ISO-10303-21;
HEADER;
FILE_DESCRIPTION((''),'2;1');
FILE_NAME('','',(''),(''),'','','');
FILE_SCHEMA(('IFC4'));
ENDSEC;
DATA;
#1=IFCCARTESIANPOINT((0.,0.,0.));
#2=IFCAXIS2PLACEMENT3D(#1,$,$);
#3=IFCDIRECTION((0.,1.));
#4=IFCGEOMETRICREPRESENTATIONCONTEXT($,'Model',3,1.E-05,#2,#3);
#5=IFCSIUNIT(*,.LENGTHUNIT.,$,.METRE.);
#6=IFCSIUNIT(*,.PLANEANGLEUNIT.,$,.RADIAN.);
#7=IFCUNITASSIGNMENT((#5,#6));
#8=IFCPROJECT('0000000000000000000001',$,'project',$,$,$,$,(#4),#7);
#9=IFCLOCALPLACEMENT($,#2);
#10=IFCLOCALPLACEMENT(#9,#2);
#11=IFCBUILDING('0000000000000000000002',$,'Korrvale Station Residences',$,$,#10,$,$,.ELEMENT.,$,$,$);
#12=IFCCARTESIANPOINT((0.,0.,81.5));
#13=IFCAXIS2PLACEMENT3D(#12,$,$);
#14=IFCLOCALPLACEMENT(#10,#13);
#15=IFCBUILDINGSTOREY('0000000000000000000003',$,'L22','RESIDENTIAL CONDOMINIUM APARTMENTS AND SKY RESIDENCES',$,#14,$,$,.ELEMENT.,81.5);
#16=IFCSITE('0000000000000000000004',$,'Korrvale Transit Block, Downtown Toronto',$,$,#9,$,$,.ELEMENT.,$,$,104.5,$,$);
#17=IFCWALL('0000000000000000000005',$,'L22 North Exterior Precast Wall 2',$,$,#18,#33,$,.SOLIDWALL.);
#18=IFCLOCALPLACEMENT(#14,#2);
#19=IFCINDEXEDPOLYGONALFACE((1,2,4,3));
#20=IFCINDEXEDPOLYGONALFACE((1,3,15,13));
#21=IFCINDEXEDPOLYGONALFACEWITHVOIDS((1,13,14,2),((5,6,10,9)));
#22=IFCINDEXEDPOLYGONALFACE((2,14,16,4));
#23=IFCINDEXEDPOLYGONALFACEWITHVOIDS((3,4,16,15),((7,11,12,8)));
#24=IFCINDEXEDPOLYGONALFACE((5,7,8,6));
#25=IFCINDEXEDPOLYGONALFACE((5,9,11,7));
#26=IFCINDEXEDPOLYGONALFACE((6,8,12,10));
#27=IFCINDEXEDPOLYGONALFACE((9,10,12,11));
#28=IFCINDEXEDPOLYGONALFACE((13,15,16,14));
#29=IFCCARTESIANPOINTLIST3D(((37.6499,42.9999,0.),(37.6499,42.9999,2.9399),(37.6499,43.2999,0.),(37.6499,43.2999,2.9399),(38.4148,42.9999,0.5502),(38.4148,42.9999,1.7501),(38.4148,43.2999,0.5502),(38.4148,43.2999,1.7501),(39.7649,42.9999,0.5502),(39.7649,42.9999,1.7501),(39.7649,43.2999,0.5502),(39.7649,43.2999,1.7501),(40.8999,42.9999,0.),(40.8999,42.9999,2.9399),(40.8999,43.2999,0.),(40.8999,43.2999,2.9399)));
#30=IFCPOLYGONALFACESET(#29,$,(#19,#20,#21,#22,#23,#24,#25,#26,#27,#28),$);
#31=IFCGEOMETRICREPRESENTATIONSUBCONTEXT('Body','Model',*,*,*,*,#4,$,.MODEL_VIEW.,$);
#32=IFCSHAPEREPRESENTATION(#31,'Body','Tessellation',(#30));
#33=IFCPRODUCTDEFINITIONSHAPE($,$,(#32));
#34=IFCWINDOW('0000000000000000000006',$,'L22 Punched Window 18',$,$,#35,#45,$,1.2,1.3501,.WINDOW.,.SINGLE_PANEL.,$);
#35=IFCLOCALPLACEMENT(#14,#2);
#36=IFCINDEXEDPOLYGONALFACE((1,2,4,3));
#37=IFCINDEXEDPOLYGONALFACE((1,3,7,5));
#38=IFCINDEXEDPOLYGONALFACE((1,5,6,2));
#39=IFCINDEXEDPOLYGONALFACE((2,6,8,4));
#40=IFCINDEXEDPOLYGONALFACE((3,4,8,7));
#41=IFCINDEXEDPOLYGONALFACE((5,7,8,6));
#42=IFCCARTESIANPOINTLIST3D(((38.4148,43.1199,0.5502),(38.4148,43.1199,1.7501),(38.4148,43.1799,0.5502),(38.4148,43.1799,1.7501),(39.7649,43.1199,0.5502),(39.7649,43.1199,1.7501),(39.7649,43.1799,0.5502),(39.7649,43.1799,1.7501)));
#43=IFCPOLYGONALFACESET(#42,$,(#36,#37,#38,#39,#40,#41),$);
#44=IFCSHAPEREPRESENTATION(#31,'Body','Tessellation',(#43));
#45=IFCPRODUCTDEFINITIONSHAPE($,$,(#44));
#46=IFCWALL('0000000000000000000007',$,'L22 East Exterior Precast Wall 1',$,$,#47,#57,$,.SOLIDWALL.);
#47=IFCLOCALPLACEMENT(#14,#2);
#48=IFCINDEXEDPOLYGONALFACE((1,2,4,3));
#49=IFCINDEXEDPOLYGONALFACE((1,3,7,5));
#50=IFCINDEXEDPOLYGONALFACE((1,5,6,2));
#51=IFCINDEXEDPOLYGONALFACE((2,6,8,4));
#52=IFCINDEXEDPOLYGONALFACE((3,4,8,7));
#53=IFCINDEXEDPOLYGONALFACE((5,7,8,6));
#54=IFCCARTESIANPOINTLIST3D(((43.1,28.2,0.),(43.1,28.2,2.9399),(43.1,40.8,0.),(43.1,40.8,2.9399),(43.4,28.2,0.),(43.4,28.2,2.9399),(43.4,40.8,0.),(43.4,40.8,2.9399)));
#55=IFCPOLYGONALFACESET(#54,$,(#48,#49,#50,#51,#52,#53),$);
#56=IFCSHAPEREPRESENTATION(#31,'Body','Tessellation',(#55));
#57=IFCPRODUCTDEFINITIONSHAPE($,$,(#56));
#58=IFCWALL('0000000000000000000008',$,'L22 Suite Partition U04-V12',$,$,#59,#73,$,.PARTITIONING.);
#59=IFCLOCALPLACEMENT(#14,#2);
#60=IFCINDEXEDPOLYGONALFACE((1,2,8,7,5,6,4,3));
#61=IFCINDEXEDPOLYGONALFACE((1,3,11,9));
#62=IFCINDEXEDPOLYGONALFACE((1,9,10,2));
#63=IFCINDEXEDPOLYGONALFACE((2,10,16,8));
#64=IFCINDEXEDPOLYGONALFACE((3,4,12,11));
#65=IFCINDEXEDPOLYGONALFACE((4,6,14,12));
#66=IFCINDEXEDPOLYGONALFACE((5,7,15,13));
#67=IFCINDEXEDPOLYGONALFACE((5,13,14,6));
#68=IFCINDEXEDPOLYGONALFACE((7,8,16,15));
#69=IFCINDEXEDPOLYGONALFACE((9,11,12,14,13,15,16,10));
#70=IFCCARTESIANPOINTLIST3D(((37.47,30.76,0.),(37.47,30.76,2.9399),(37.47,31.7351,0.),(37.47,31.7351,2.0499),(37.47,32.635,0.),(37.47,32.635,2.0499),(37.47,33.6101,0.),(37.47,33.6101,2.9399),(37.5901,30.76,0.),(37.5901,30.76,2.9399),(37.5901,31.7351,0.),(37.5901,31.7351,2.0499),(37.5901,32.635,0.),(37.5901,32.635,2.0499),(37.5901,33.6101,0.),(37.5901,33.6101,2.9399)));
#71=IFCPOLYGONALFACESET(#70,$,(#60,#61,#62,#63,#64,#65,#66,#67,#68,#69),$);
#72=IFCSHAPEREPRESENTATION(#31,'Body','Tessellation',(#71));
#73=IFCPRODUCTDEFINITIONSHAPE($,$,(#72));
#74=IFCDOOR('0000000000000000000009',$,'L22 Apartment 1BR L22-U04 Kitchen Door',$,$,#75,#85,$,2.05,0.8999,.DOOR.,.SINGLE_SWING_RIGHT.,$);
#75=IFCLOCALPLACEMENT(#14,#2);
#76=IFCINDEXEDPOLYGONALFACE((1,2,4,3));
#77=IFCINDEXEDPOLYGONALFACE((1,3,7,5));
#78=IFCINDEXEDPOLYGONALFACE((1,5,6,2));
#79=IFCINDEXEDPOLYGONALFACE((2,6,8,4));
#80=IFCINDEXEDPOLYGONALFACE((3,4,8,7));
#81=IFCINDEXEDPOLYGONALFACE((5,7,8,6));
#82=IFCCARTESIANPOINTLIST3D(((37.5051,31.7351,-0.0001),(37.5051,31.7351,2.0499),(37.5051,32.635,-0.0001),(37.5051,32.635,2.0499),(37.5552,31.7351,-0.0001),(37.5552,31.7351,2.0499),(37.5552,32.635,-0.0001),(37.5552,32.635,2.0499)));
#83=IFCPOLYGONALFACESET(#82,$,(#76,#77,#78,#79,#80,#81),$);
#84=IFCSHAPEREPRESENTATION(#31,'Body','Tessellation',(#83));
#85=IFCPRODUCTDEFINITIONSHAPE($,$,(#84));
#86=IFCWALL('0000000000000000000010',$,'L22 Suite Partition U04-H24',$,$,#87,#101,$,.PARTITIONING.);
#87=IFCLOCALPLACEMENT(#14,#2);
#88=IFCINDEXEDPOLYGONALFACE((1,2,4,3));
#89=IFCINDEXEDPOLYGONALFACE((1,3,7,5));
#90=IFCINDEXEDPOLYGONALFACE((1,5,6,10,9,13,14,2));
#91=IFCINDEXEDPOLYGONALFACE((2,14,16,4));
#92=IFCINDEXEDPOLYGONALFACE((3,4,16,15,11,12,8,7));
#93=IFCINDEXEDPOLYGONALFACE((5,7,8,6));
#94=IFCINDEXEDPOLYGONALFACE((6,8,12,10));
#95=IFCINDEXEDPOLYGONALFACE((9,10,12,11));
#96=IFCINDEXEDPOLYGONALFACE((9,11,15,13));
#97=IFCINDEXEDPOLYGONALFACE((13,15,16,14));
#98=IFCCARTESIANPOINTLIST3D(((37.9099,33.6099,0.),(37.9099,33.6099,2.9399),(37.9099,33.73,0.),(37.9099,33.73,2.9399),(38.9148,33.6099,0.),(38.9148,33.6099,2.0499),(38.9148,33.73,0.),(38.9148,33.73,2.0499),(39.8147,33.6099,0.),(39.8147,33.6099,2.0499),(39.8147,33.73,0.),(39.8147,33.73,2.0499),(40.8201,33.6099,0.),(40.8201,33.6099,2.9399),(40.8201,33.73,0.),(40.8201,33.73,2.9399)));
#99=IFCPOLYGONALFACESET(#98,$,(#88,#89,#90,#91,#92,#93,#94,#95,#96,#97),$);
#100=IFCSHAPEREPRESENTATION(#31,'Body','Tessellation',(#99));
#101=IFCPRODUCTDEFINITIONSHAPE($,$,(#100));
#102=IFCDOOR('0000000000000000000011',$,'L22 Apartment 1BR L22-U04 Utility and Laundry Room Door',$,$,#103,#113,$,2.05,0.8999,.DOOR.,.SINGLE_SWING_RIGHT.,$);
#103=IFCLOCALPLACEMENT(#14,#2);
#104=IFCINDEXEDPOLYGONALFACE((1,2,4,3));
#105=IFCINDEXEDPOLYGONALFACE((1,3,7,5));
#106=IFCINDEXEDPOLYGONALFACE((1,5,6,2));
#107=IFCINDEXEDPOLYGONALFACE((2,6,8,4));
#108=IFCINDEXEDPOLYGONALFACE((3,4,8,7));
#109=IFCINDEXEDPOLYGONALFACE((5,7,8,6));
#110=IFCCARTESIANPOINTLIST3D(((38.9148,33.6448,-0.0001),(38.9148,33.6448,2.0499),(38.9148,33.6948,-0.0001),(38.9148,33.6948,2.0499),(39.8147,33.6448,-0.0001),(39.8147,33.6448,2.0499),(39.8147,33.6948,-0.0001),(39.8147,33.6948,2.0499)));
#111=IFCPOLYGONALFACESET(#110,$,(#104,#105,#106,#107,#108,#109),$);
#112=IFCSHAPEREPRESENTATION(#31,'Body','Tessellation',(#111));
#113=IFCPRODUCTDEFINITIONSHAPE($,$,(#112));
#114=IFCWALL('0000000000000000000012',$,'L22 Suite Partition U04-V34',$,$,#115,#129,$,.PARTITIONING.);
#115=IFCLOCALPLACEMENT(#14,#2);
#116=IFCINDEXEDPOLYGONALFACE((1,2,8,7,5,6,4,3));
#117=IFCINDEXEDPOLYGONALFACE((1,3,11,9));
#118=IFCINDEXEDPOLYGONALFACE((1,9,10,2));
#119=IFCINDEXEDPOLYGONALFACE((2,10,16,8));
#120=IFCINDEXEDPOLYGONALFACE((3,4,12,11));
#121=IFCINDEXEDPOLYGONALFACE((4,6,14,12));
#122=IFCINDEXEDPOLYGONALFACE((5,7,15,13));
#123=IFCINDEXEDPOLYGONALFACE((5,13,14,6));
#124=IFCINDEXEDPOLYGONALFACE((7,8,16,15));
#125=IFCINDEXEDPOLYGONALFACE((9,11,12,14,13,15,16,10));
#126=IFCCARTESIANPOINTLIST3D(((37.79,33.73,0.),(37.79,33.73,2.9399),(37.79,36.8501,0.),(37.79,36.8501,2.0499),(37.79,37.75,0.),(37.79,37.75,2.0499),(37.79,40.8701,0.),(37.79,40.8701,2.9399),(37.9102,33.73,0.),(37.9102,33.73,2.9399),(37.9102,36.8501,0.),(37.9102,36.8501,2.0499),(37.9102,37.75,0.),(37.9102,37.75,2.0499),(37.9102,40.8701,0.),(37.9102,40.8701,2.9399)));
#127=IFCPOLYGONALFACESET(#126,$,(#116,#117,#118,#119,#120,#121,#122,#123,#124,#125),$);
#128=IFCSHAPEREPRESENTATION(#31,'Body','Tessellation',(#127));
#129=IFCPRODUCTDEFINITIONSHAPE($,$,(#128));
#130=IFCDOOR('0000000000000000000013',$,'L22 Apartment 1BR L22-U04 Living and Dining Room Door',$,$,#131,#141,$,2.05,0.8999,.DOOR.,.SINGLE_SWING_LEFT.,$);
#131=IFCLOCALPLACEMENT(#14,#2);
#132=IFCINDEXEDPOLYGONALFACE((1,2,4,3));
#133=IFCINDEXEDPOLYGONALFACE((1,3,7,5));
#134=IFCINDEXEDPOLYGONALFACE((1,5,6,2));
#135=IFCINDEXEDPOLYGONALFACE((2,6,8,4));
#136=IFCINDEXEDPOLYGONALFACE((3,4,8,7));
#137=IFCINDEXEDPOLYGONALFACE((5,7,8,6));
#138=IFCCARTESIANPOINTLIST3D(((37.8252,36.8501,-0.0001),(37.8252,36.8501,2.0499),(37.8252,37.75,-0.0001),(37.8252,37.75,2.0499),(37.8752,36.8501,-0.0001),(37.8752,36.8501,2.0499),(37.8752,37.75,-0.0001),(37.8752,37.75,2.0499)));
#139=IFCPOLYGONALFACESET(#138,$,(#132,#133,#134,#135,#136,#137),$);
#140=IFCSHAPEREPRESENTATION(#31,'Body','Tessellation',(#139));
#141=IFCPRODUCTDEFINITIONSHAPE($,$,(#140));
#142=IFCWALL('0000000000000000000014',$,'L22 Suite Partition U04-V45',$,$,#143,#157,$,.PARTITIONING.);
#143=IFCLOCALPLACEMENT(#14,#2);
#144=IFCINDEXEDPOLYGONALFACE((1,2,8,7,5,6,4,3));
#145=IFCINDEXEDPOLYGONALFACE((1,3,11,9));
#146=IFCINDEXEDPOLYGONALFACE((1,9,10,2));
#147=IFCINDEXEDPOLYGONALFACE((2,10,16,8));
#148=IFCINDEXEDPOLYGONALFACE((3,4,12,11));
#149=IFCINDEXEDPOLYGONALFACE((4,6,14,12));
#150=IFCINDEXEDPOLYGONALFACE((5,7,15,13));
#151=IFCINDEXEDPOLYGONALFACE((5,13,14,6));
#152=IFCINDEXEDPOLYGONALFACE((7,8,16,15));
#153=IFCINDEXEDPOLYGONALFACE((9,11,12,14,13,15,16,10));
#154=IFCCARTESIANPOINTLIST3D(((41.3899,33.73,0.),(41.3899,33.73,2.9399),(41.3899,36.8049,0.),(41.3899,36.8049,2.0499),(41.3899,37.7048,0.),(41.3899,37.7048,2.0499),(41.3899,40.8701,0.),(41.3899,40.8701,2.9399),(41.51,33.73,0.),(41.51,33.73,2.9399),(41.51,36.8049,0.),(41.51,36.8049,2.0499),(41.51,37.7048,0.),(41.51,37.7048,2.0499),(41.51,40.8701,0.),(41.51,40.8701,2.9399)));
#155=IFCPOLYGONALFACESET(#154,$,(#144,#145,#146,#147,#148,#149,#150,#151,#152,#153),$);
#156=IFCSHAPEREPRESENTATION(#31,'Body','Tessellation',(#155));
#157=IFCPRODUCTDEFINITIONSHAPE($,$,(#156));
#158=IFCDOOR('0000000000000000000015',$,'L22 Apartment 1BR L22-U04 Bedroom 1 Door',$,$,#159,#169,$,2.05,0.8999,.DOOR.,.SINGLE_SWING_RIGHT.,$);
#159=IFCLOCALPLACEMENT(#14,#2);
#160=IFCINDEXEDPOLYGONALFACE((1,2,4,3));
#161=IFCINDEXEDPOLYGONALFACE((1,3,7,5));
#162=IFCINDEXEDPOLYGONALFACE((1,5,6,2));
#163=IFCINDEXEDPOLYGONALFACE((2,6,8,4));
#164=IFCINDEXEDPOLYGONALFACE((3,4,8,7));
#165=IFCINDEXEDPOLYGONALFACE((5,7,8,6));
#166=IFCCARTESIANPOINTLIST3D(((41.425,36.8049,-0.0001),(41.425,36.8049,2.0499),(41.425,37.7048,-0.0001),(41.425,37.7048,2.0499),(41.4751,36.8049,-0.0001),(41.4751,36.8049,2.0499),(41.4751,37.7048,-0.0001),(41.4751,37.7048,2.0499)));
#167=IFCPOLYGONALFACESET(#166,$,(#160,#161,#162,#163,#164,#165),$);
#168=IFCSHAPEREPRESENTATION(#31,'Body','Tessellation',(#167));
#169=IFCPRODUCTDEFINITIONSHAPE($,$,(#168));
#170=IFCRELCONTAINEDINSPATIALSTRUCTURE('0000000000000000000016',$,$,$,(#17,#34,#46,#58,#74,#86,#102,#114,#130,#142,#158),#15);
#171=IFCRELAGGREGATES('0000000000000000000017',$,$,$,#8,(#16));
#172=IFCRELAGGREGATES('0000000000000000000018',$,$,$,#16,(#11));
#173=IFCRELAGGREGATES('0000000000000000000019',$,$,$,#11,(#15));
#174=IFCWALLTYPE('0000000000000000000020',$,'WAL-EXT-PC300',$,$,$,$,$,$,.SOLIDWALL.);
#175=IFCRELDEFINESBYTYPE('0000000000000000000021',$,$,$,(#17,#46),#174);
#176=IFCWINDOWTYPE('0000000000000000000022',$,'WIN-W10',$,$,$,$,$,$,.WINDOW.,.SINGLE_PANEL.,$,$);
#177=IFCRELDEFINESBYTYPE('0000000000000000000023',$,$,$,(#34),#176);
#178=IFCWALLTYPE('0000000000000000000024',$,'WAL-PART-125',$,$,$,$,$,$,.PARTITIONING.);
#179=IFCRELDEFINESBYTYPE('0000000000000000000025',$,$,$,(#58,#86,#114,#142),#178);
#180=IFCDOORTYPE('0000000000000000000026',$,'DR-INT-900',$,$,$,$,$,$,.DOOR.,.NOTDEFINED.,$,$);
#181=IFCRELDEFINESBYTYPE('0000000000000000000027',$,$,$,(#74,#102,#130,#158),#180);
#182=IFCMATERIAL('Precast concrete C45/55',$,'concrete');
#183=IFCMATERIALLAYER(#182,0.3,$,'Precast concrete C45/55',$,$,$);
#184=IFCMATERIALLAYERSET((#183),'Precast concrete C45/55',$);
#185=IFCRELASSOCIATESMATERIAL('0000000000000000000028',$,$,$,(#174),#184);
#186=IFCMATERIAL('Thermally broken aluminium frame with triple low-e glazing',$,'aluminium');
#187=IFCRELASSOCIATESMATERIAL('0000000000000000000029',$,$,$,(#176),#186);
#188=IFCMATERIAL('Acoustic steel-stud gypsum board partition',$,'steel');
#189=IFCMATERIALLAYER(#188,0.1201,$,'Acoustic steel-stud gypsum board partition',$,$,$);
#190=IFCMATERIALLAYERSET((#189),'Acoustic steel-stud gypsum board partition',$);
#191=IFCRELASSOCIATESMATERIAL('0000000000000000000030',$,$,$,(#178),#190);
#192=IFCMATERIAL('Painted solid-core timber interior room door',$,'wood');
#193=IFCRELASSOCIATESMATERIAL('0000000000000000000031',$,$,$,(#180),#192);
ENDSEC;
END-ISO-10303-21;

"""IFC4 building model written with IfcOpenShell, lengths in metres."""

from ifc_helpers import new_model, si_unit, direction, frame, frame_2d, origin, place, context, subcontext, project, spatial, rectangle, extrude, material, layer, layer_set, type_object, element, fill, save


model = new_model("IFC4")

# Units and contexts
model_context = context("Model", 3, precision=1e-05, world=origin(), true_north=direction((0.0, 1.0)))
body_context = subcontext(model_context, "Body", "Model", "MODEL_VIEW")
ifc_project = project(units=[si_unit("LENGTHUNIT", "METRE"), si_unit("PLANEANGLEUNIT", "RADIAN")], contexts=[model_context])

# Site, building, storey
site_placement = place(None, origin())
site = spatial("IfcSite", under=ifc_project, at=site_placement, Name="Korrvale Transit Block, Downtown Toronto", CompositionType="ELEMENT", RefElevation=104.5)
building_placement = place(site_placement, origin())
building = spatial("IfcBuilding", under=site, at=building_placement, Name="Korrvale Station Residences", CompositionType="ELEMENT")
storey_placement = place(building_placement, frame((0.0, 0.0, 81.5)))
storey = spatial("IfcBuildingStorey", under=building, at=storey_placement, Name="L22", Description="RESIDENTIAL CONDOMINIUM APARTMENTS AND SKY RESIDENCES", CompositionType="ELEMENT", Elevation=81.5)

# Shared definitions
ifc_material_1 = material(Name="Precast concrete C45/55", Category="concrete")

# Wall, opening, window
ifc_layer_1 = layer(ifc_material_1, 0.3, Name="Precast concrete C45/55")
ifc_layer_set_1 = layer_set([ifc_layer_1], Name="Precast concrete C45/55")
wall_type_1 = type_object("IfcWallType", Name="WAL-EXT-PC300", PredefinedType="SOLIDWALL", material=ifc_layer_set_1)
wall_1_placement = place(storey_placement, frame((37.6499, 43.1499, 0.0), z_axis=(0.0, 0.0, 1.0), x_axis=(1.0, 0.0, 0.0)))
wall_1 = element("IfcWall", 1, at=wall_1_placement, inside=storey, type_object=wall_type_1, Name="L22 North Exterior Precast Wall 2", PredefinedType="SOLIDWALL", context=body_context, shape_type="SweptSolid", body=[
    extrude(rectangle(XDim=3.25, YDim=0.3, at=frame_2d((1.625, 0.0))), origin(), (0.0, 0.0, 1.0), 2.9399),
])
opening_1_placement = place(wall_1_placement, frame((0.7649, 0.0, 0.55)))
opening_1 = element("IfcOpeningElement", 2, at=opening_1_placement, cuts=wall_1, PredefinedType="OPENING", context=body_context, shape_type="SweptSolid", body=[
    extrude(rectangle(XDim=1.3501, YDim=1.2, at=frame_2d((0.675, 0.6001))), frame((0.0, 0.1602, 0.0), z_axis=(0.0, -1.0, 0.0), x_axis=(1.0, 0.0, 0.0)), (0.0, 0.0, 1.0), 0.3201),
])
ifc_material_2 = material(Name="Thermally broken aluminium frame with triple low-e glazing", Category="aluminium")
window_type = type_object("IfcWindowType", Name="WIN-W10", PartitioningType="SINGLE_PANEL", PredefinedType="WINDOW", material=ifc_material_2)
window_placement = place(opening_1_placement, origin())
window = element("IfcWindow", 3, at=window_placement, inside=storey, type_object=window_type, Name="L22 Punched Window 18", OverallHeight=1.2, OverallWidth=1.3501, PartitioningType="SINGLE_PANEL", PredefinedType="WINDOW", context=body_context, shape_type="SweptSolid", body=[
    extrude(rectangle(XDim=1.3501, YDim=1.2, at=frame_2d((0.675, 0.6001))), frame((0.0, 0.03, 0.0), z_axis=(0.0, -1.0, 0.0), x_axis=(1.0, 0.0, 0.0)), (0.0, 0.0, 1.0), 0.0601),
])
fill(opening_1, window)

# Wall
wall_2_placement = place(storey_placement, frame((43.25, 40.8, 0.0), z_axis=(0.0, 0.0, 1.0), x_axis=(0.0, -1.0, 0.0)))
element("IfcWall", 4, at=wall_2_placement, inside=storey, type_object=wall_type_1, Name="L22 East Exterior Precast Wall 1", PredefinedType="SOLIDWALL", context=body_context, shape_type="SweptSolid", body=[
    extrude(rectangle(XDim=12.6001, YDim=0.3, at=frame_2d((6.3, 0.0))), origin(), (0.0, 0.0, 1.0), 2.9399),
])

# Walls, openings, doors
ifc_material_3 = material(Name="Acoustic steel-stud gypsum board partition", Category="steel")
ifc_layer_2 = layer(ifc_material_3, 0.1201, Name="Acoustic steel-stud gypsum board partition")
ifc_layer_set_2 = layer_set([ifc_layer_2], Name="Acoustic steel-stud gypsum board partition")
wall_type_2 = type_object("IfcWallType", Name="WAL-PART-125", PredefinedType="PARTITIONING", material=ifc_layer_set_2)
wall_3_placement = place(storey_placement, frame((37.53, 30.76, 0.0), z_axis=(0.0, 0.0, 1.0), x_axis=(0.0, 1.0, 0.0)))
wall_3 = element("IfcWall", 5, at=wall_3_placement, inside=storey, type_object=wall_type_2, Name="L22 Suite Partition U04-V12", PredefinedType="PARTITIONING", context=body_context, shape_type="SweptSolid", body=[
    extrude(rectangle(XDim=2.8501, YDim=0.1201, at=frame_2d((1.425, 0.0))), origin(), (0.0, 0.0, 1.0), 2.9399),
])
opening_2_placement = place(wall_3_placement, frame((0.9751, 0.0, 0.0)))
opening_2 = element("IfcOpeningElement", 6, at=opening_2_placement, cuts=wall_3, PredefinedType="OPENING", context=body_context, shape_type="SweptSolid", body=[
    extrude(rectangle(XDim=0.8999, YDim=2.05, at=frame_2d((0.45, 1.0249))), frame((0.0, 0.0701, 0.0), z_axis=(0.0, -1.0, 0.0), x_axis=(1.0, 0.0, 0.0)), (0.0, 0.0, 1.0), 0.1401),
])
ifc_material_4 = material(Name="Painted solid-core timber interior room door", Category="wood")
door_type = type_object("IfcDoorType", Name="DR-INT-900", OperationType="NOTDEFINED", PredefinedType="DOOR", material=ifc_material_4)
door_1_placement = place(opening_2_placement, origin())
door_1 = element("IfcDoor", 7, at=door_1_placement, inside=storey, type_object=door_type, Name="L22 Apartment 1BR L22-U04 Kitchen Door", OperationType="SINGLE_SWING_RIGHT", OverallHeight=2.05, OverallWidth=0.8999, PredefinedType="DOOR", context=body_context, shape_type="SweptSolid", body=[
    extrude(rectangle(XDim=0.8999, YDim=2.05, at=frame_2d((0.45, 1.0249))), frame((0.0, 0.0249, 0.0), z_axis=(0.0, -1.0, 0.0), x_axis=(1.0, 0.0, 0.0)), (0.0, 0.0, 1.0), 0.05),
])
fill(opening_2, door_1)
wall_4_placement = place(storey_placement, frame((37.9099, 33.6699, 0.0), z_axis=(0.0, 0.0, 1.0), x_axis=(1.0, 0.0, 0.0)))
wall_4 = element("IfcWall", 8, at=wall_4_placement, inside=storey, type_object=wall_type_2, Name="L22 Suite Partition U04-H24", PredefinedType="PARTITIONING", context=body_context, shape_type="SweptSolid", body=[
    extrude(rectangle(XDim=2.9102, YDim=0.1201, at=frame_2d((1.4551, 0.0))), origin(), (0.0, 0.0, 1.0), 2.9399),
])
opening_3_placement = place(wall_4_placement, frame((1.0049, 0.0, 0.0)))
opening_3 = element("IfcOpeningElement", 9, at=opening_3_placement, cuts=wall_4, PredefinedType="OPENING", context=body_context, shape_type="SweptSolid", body=[
    extrude(rectangle(XDim=0.8999, YDim=2.05, at=frame_2d((0.45, 1.0249))), frame((0.0, 0.0701, 0.0), z_axis=(0.0, -1.0, 0.0), x_axis=(1.0, 0.0, 0.0)), (0.0, 0.0, 1.0), 0.1401),
])
door_2_placement = place(opening_3_placement, origin())
door_2 = element("IfcDoor", 10, at=door_2_placement, inside=storey, type_object=door_type, Name="L22 Apartment 1BR L22-U04 Utility and Laundry Room Door", OperationType="SINGLE_SWING_RIGHT", OverallHeight=2.05, OverallWidth=0.8999, PredefinedType="DOOR", context=body_context, shape_type="SweptSolid", body=[
    extrude(rectangle(XDim=0.8999, YDim=2.05, at=frame_2d((0.45, 1.0249))), frame((0.0, 0.0249, 0.0), z_axis=(0.0, -1.0, 0.0), x_axis=(1.0, 0.0, 0.0)), (0.0, 0.0, 1.0), 0.05),
])
fill(opening_3, door_2)
wall_5_placement = place(storey_placement, frame((37.8501, 33.73, 0.0), z_axis=(0.0, 0.0, 1.0), x_axis=(0.0, 1.0, 0.0)))
wall_5 = element("IfcWall", 11, at=wall_5_placement, inside=storey, type_object=wall_type_2, Name="L22 Suite Partition U04-V34", PredefinedType="PARTITIONING", context=body_context, shape_type="SweptSolid", body=[
    extrude(rectangle(XDim=7.1401, YDim=0.1201, at=frame_2d((3.5701, 0.0))), origin(), (0.0, 0.0, 1.0), 2.9399),
])
opening_4_placement = place(wall_5_placement, frame((3.1201, 0.0, 0.0)))
opening_4 = element("IfcOpeningElement", 12, at=opening_4_placement, cuts=wall_5, PredefinedType="OPENING", context=body_context, shape_type="SweptSolid", body=[
    extrude(rectangle(XDim=0.8999, YDim=2.05, at=frame_2d((0.45, 1.0249))), frame((0.0, 0.0701, 0.0), z_axis=(0.0, -1.0, 0.0), x_axis=(1.0, 0.0, 0.0)), (0.0, 0.0, 1.0), 0.1401),
])
door_3_placement = place(opening_4_placement, origin())
door_3 = element("IfcDoor", 13, at=door_3_placement, inside=storey, type_object=door_type, Name="L22 Apartment 1BR L22-U04 Living and Dining Room Door", OperationType="SINGLE_SWING_LEFT", OverallHeight=2.05, OverallWidth=0.8999, PredefinedType="DOOR", context=body_context, shape_type="SweptSolid", body=[
    extrude(rectangle(XDim=0.8999, YDim=2.05, at=frame_2d((0.45, 1.0249))), frame((0.0, 0.0249, 0.0), z_axis=(0.0, -1.0, 0.0), x_axis=(1.0, 0.0, 0.0)), (0.0, 0.0, 1.0), 0.05),
])
fill(opening_4, door_3)
wall_6_placement = place(storey_placement, frame((41.45, 33.73, 0.0), z_axis=(0.0, 0.0, 1.0), x_axis=(0.0, 1.0, 0.0)))
wall_6 = element("IfcWall", 14, at=wall_6_placement, inside=storey, type_object=wall_type_2, Name="L22 Suite Partition U04-V45", PredefinedType="PARTITIONING", context=body_context, shape_type="SweptSolid", body=[
    extrude(rectangle(XDim=7.1401, YDim=0.1201, at=frame_2d((3.5701, 0.0))), origin(), (0.0, 0.0, 1.0), 2.9399),
])
opening_5_placement = place(wall_6_placement, frame((3.075, 0.0, 0.0)))
opening_5 = element("IfcOpeningElement", 15, at=opening_5_placement, cuts=wall_6, PredefinedType="OPENING", context=body_context, shape_type="SweptSolid", body=[
    extrude(rectangle(XDim=0.8999, YDim=2.05, at=frame_2d((0.45, 1.0249))), frame((0.0, 0.0701, 0.0), z_axis=(0.0, -1.0, 0.0), x_axis=(1.0, 0.0, 0.0)), (0.0, 0.0, 1.0), 0.1401),
])
door_4_placement = place(opening_5_placement, origin())
door_4 = element("IfcDoor", 16, at=door_4_placement, inside=storey, type_object=door_type, Name="L22 Apartment 1BR L22-U04 Bedroom 1 Door", OperationType="SINGLE_SWING_RIGHT", OverallHeight=2.05, OverallWidth=0.8999, PredefinedType="DOOR", context=body_context, shape_type="SweptSolid", body=[
    extrude(rectangle(XDim=0.8999, YDim=2.05, at=frame_2d((0.45, 1.0249))), frame((0.0, 0.0249, 0.0), z_axis=(0.0, -1.0, 0.0), x_axis=(1.0, 0.0, 0.0)), (0.0, 0.0, 1.0), 0.05),
])
fill(opening_5, door_4)

save(model, "model.ifc")
